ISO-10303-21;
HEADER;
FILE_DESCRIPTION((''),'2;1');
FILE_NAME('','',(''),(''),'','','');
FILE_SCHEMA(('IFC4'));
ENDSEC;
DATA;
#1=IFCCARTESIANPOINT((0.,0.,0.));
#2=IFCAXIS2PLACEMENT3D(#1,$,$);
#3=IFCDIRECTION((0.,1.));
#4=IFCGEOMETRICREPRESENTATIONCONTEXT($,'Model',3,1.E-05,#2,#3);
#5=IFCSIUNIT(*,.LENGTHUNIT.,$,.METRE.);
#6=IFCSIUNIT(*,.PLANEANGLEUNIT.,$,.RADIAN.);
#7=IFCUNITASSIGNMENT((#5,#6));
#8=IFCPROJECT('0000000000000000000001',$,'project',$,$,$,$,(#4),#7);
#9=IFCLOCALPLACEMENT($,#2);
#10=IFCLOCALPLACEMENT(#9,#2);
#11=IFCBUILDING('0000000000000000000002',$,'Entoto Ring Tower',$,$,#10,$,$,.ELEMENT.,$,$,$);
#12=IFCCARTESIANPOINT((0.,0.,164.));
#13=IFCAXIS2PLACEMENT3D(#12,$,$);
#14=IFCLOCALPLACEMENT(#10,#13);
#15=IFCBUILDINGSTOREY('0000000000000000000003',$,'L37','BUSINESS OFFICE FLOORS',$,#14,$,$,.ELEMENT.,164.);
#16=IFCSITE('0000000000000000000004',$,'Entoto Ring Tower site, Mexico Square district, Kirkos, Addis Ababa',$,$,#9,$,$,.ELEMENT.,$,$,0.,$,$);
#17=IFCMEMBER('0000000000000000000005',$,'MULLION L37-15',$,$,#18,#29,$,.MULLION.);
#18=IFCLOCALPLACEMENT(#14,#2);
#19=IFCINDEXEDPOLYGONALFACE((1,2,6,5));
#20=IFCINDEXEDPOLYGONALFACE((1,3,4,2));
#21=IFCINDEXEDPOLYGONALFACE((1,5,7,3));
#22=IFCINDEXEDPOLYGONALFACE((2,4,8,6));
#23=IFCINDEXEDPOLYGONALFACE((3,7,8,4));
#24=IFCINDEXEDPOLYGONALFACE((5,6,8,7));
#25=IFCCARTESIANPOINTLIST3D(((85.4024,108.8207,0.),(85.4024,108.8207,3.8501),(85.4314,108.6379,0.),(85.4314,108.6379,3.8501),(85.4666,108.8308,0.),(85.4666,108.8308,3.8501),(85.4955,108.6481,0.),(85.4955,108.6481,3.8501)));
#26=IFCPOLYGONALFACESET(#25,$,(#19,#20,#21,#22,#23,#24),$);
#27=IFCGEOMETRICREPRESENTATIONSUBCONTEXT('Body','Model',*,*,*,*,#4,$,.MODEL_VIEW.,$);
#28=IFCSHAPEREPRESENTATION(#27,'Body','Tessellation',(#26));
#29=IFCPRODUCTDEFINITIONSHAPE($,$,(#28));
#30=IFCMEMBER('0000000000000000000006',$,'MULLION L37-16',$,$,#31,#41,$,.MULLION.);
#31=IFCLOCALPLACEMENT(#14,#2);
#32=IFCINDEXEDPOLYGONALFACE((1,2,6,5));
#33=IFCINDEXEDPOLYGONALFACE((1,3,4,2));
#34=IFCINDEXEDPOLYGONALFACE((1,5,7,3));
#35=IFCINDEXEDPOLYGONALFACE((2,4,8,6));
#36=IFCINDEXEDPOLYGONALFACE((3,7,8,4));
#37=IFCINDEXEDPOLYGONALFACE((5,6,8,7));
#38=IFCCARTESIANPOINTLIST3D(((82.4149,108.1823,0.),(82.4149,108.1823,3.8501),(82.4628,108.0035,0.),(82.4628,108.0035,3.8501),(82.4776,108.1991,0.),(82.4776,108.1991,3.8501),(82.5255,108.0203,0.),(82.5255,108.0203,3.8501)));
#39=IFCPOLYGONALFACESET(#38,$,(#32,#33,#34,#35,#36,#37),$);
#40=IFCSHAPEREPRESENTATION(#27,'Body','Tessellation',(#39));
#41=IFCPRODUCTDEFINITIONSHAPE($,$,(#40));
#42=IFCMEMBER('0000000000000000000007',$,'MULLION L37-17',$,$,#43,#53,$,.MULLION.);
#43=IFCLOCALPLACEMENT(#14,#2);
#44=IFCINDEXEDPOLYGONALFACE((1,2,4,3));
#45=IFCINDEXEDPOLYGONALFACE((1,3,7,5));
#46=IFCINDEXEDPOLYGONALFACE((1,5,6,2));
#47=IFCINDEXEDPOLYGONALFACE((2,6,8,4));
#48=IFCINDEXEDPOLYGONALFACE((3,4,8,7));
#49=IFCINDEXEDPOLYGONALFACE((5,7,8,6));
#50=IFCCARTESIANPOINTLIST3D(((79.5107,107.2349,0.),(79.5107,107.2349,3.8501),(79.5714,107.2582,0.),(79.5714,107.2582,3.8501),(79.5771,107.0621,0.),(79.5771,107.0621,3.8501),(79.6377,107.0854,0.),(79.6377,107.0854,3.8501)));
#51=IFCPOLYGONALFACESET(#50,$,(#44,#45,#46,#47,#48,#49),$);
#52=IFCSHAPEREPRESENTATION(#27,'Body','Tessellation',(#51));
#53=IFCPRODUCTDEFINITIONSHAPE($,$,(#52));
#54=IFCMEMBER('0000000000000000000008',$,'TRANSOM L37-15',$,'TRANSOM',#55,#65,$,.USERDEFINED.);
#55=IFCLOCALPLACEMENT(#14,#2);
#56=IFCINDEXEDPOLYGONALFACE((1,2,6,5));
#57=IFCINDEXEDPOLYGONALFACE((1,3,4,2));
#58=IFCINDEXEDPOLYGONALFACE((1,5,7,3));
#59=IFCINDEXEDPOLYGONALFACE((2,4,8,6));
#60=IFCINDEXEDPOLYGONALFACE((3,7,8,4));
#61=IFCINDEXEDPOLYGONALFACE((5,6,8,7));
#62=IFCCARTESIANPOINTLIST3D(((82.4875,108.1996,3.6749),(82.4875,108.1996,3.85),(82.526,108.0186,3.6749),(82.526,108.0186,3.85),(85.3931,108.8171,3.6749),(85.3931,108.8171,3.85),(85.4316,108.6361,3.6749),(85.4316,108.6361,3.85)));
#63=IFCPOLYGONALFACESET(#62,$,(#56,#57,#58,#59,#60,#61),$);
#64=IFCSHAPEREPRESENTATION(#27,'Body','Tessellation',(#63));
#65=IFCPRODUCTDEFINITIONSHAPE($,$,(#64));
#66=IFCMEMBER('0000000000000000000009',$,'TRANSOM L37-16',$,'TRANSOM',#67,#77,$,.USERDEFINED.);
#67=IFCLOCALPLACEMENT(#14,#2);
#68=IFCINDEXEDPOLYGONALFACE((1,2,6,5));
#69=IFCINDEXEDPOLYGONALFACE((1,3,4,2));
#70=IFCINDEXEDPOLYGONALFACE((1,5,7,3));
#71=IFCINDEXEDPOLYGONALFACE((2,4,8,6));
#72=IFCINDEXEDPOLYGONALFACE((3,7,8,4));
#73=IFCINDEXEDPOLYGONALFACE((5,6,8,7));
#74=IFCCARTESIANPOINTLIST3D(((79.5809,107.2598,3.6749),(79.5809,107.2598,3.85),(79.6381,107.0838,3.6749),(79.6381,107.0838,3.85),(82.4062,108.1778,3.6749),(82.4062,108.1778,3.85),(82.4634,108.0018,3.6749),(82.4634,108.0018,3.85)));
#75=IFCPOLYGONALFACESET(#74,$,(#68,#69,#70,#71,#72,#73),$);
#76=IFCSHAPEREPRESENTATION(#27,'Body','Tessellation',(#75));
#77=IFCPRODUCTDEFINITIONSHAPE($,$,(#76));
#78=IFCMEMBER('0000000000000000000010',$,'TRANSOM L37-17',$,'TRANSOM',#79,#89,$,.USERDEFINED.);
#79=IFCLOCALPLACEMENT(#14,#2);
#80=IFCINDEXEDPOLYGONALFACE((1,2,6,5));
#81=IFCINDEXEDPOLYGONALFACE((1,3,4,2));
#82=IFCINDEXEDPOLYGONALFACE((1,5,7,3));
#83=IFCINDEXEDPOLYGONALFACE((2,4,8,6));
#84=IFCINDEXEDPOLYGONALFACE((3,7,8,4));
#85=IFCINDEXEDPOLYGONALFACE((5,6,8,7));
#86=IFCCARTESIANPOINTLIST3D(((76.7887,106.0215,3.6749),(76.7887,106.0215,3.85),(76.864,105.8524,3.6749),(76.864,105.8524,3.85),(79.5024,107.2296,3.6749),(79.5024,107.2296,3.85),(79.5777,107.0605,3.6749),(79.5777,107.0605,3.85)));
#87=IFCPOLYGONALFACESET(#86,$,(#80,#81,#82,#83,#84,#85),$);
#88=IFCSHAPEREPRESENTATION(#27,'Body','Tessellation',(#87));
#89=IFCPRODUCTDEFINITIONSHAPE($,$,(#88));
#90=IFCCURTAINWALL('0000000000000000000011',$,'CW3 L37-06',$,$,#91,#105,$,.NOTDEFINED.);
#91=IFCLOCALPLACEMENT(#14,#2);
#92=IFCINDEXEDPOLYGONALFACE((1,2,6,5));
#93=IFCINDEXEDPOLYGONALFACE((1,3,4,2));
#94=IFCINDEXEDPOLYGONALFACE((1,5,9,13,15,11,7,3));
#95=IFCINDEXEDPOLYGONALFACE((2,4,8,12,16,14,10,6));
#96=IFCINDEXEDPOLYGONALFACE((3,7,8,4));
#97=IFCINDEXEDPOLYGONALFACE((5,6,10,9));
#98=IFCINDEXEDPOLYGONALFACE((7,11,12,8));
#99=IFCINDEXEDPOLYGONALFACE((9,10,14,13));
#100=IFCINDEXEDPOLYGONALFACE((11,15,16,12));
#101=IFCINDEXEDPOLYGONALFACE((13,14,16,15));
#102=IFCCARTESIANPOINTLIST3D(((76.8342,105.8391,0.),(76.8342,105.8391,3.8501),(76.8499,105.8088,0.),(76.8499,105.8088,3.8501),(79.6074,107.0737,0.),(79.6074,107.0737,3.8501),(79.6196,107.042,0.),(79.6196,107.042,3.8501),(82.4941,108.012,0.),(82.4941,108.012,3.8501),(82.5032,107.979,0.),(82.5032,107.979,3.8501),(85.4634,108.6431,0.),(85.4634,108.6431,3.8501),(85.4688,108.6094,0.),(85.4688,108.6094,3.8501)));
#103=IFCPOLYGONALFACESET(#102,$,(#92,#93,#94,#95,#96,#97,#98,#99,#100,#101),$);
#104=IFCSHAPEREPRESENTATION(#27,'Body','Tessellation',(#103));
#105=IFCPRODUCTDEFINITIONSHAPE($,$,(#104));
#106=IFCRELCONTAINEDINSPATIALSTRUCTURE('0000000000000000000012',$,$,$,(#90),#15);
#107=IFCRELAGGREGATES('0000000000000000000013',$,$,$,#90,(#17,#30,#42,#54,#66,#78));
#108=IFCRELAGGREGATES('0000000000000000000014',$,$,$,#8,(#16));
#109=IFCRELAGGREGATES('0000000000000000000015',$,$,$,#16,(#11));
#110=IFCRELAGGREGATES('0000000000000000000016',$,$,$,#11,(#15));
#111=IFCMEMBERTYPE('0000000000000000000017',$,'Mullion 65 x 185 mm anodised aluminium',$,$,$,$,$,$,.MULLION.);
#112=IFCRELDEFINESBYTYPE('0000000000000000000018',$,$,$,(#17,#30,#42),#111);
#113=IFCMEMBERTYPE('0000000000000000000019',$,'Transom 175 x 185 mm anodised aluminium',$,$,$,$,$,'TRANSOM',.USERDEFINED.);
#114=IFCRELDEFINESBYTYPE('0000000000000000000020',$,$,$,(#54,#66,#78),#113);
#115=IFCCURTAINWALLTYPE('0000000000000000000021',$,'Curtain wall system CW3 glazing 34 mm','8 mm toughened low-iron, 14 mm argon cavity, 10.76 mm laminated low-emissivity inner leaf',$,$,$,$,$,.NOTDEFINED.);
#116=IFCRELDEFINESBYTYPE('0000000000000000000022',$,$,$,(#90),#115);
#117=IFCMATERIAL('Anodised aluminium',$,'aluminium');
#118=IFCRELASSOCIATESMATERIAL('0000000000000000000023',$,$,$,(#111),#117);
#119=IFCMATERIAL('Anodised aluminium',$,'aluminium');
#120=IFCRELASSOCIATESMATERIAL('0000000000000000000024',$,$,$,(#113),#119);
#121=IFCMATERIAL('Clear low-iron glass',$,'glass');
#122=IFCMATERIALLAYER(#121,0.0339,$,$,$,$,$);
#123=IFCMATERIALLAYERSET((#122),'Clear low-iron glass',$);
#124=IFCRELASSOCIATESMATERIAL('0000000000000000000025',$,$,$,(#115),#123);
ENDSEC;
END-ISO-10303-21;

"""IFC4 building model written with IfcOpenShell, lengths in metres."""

from ifc_helpers import new_model, si_unit, direction, frame, origin, origin_2d, place, context, subcontext, project, spatial, polyline, rectangle, outline, extrude, material, layer, layer_set, material_profile, profile_set, type_object, element, aggregate, save


model = new_model("IFC4")

# Units and contexts
model_context = context("Model", 3, precision=1e-05, world=origin(), true_north=direction((0.0, 1.0)))
body_context = subcontext(model_context, "Body", "Model", "MODEL_VIEW")
ifc_project = project(units=[si_unit("LENGTHUNIT", "METRE"), si_unit("PLANEANGLEUNIT", "RADIAN")], contexts=[model_context])

# Members
ifc_material_1 = material(Name="Anodised aluminium", Category="aluminium")
ifc_material_profile_1 = material_profile(ifc_material_1, rectangle(XDim=0.0649, YDim=0.1851, at=origin_2d()), Name="Mullion 65 x 185 mm anodised aluminium")
ifc_profile_set_1 = profile_set([ifc_material_profile_1], Name="Anodised aluminium")
member_type_1 = type_object("IfcMemberType", Name="Mullion 65 x 185 mm anodised aluminium", PredefinedType="MULLION", material=ifc_profile_set_1)
site_placement = place(None, origin())
building_placement = place(site_placement, origin())
storey_placement = place(building_placement, frame((0.0, 0.0, 164.0)))
member_1_placement = place(storey_placement, frame((85.449, 108.7344, 0.0), z_axis=(0.0, 0.0, 1.0), x_axis=(-0.987688, -0.156434, 0.0)))
member_1 = element("IfcMember", 1, at=member_1_placement, type_object=member_type_1, Name="MULLION L37-15", PredefinedType="MULLION", context=body_context, shape_type="SweptSolid", body=[
    extrude(rectangle(XDim=0.0649, YDim=0.1851, at=origin_2d()), origin(), (0.0, 0.0, 1.0), 3.8501),
])
member_2_placement = place(storey_placement, frame((82.4702, 108.1013, 0.0), z_axis=(0.0, 0.0, 1.0), x_axis=(-0.965926, -0.258819, 0.0)))
member_2 = element("IfcMember", 2, at=member_2_placement, type_object=member_type_1, Name="MULLION L37-16", PredefinedType="MULLION", context=body_context, shape_type="SweptSolid", body=[
    extrude(rectangle(XDim=0.0649, YDim=0.1851, at=origin_2d()), origin(), (0.0, 0.0, 1.0), 3.8501),
])
member_3_placement = place(storey_placement, frame((79.5742, 107.1602, 0.0), z_axis=(0.0, 0.0, 1.0), x_axis=(-0.93358, -0.358368, 0.0)))
member_3 = element("IfcMember", 3, at=member_3_placement, type_object=member_type_1, Name="MULLION L37-17", PredefinedType="MULLION", context=body_context, shape_type="SweptSolid", body=[
    extrude(rectangle(XDim=0.0649, YDim=0.1851, at=origin_2d()), origin(), (0.0, 0.0, 1.0), 3.8501),
])
ifc_material_2 = material(Name="Anodised aluminium", Category="aluminium")
ifc_material_profile_2 = material_profile(ifc_material_2, rectangle(XDim=0.1851, YDim=0.175, at=origin_2d()), Name="Transom 175 x 185 mm anodised aluminium")
ifc_profile_set_2 = profile_set([ifc_material_profile_2], Name="Anodised aluminium")
member_type_2 = type_object("IfcMemberType", Name="Transom 175 x 185 mm anodised aluminium", ElementType="TRANSOM", PredefinedType="USERDEFINED", material=ifc_profile_set_2)
member_4_placement = place(storey_placement, frame((85.4124, 108.7266, 3.7625), z_axis=(-0.978158, -0.207862, 0.0), x_axis=(0.207862, -0.978158, 0.0)))
member_4 = element("IfcMember", 4, at=member_4_placement, type_object=member_type_2, Name="TRANSOM L37-15", ObjectType="TRANSOM", PredefinedType="USERDEFINED", context=body_context, shape_type="SweptSolid", body=[
    extrude(rectangle(XDim=0.1851, YDim=0.175, at=origin_2d()), origin(), (0.0, 0.0, 1.0), 2.9705),
])
member_5_placement = place(storey_placement, frame((82.4348, 108.0898, 3.7625), z_axis=(-0.951056, -0.309019, 0.0), x_axis=(0.309019, -0.951056, 0.0)))
member_5 = element("IfcMember", 5, at=member_5_placement, type_object=member_type_2, Name="TRANSOM L37-16", ObjectType="TRANSOM", PredefinedType="USERDEFINED", context=body_context, shape_type="SweptSolid", body=[
    extrude(rectangle(XDim=0.1851, YDim=0.175, at=origin_2d()), origin(), (0.0, 0.0, 1.0), 2.9707),
])
member_6_placement = place(storey_placement, frame((79.54, 107.145, 3.7625), z_axis=(-0.913567, -0.406687, 0.0), x_axis=(0.406687, -0.913567, 0.0)))
member_6 = element("IfcMember", 6, at=member_6_placement, type_object=member_type_2, Name="TRANSOM L37-17", ObjectType="TRANSOM", PredefinedType="USERDEFINED", context=body_context, shape_type="SweptSolid", body=[
    extrude(rectangle(XDim=0.1851, YDim=0.175, at=origin_2d()), origin(), (0.0, 0.0, 1.0), 2.9705),
])

# Site, building, storey
site = spatial("IfcSite", under=ifc_project, at=site_placement, Name="Entoto Ring Tower site, Mexico Square district, Kirkos, Addis Ababa", CompositionType="ELEMENT", RefElevation=0.0)
building = spatial("IfcBuilding", under=site, at=building_placement, Name="Entoto Ring Tower", CompositionType="ELEMENT")
storey = spatial("IfcBuildingStorey", under=building, at=storey_placement, Name="L37", Description="BUSINESS OFFICE FLOORS", CompositionType="ELEMENT", Elevation=164.0)

# Curtain wall
ifc_material_3 = material(Name="Clear low-iron glass", Category="glass")
ifc_layer = layer(ifc_material_3, 0.0339)
ifc_layer_set = layer_set([ifc_layer], Name="Clear low-iron glass")
curtain_wall_type = type_object("IfcCurtainWallType", Name="Curtain wall system CW3 glazing 34 mm", Description="8 mm toughened low-iron, 14 mm argon cavity, 10.76 mm laminated low-emissivity inner leaf", PredefinedType="NOTDEFINED", material=ifc_layer_set)
curtain_wall_1_placement = place(storey_placement, origin())
curtain_wall_1 = element("IfcCurtainWall", 7, at=curtain_wall_1_placement, inside=storey, type_object=curtain_wall_type, Name="CW3 L37-06", PredefinedType="NOTDEFINED", context=body_context, shape_type="SweptSolid", body=[
    extrude(outline(polyline([(85.4634, 108.6431), (82.4941, 108.012), (79.6074, 107.0737), (76.8342, 105.8391), (76.8499, 105.8088), (79.6196, 107.042), (82.5032, 107.979), (85.4688, 108.6094), (85.4634, 108.6431)])), origin(), (0.0, 0.0, 1.0), 3.8501),
])
aggregate(curtain_wall_1, [member_1, member_2, member_3, member_4, member_5, member_6])

save(model, "model.ifc")
